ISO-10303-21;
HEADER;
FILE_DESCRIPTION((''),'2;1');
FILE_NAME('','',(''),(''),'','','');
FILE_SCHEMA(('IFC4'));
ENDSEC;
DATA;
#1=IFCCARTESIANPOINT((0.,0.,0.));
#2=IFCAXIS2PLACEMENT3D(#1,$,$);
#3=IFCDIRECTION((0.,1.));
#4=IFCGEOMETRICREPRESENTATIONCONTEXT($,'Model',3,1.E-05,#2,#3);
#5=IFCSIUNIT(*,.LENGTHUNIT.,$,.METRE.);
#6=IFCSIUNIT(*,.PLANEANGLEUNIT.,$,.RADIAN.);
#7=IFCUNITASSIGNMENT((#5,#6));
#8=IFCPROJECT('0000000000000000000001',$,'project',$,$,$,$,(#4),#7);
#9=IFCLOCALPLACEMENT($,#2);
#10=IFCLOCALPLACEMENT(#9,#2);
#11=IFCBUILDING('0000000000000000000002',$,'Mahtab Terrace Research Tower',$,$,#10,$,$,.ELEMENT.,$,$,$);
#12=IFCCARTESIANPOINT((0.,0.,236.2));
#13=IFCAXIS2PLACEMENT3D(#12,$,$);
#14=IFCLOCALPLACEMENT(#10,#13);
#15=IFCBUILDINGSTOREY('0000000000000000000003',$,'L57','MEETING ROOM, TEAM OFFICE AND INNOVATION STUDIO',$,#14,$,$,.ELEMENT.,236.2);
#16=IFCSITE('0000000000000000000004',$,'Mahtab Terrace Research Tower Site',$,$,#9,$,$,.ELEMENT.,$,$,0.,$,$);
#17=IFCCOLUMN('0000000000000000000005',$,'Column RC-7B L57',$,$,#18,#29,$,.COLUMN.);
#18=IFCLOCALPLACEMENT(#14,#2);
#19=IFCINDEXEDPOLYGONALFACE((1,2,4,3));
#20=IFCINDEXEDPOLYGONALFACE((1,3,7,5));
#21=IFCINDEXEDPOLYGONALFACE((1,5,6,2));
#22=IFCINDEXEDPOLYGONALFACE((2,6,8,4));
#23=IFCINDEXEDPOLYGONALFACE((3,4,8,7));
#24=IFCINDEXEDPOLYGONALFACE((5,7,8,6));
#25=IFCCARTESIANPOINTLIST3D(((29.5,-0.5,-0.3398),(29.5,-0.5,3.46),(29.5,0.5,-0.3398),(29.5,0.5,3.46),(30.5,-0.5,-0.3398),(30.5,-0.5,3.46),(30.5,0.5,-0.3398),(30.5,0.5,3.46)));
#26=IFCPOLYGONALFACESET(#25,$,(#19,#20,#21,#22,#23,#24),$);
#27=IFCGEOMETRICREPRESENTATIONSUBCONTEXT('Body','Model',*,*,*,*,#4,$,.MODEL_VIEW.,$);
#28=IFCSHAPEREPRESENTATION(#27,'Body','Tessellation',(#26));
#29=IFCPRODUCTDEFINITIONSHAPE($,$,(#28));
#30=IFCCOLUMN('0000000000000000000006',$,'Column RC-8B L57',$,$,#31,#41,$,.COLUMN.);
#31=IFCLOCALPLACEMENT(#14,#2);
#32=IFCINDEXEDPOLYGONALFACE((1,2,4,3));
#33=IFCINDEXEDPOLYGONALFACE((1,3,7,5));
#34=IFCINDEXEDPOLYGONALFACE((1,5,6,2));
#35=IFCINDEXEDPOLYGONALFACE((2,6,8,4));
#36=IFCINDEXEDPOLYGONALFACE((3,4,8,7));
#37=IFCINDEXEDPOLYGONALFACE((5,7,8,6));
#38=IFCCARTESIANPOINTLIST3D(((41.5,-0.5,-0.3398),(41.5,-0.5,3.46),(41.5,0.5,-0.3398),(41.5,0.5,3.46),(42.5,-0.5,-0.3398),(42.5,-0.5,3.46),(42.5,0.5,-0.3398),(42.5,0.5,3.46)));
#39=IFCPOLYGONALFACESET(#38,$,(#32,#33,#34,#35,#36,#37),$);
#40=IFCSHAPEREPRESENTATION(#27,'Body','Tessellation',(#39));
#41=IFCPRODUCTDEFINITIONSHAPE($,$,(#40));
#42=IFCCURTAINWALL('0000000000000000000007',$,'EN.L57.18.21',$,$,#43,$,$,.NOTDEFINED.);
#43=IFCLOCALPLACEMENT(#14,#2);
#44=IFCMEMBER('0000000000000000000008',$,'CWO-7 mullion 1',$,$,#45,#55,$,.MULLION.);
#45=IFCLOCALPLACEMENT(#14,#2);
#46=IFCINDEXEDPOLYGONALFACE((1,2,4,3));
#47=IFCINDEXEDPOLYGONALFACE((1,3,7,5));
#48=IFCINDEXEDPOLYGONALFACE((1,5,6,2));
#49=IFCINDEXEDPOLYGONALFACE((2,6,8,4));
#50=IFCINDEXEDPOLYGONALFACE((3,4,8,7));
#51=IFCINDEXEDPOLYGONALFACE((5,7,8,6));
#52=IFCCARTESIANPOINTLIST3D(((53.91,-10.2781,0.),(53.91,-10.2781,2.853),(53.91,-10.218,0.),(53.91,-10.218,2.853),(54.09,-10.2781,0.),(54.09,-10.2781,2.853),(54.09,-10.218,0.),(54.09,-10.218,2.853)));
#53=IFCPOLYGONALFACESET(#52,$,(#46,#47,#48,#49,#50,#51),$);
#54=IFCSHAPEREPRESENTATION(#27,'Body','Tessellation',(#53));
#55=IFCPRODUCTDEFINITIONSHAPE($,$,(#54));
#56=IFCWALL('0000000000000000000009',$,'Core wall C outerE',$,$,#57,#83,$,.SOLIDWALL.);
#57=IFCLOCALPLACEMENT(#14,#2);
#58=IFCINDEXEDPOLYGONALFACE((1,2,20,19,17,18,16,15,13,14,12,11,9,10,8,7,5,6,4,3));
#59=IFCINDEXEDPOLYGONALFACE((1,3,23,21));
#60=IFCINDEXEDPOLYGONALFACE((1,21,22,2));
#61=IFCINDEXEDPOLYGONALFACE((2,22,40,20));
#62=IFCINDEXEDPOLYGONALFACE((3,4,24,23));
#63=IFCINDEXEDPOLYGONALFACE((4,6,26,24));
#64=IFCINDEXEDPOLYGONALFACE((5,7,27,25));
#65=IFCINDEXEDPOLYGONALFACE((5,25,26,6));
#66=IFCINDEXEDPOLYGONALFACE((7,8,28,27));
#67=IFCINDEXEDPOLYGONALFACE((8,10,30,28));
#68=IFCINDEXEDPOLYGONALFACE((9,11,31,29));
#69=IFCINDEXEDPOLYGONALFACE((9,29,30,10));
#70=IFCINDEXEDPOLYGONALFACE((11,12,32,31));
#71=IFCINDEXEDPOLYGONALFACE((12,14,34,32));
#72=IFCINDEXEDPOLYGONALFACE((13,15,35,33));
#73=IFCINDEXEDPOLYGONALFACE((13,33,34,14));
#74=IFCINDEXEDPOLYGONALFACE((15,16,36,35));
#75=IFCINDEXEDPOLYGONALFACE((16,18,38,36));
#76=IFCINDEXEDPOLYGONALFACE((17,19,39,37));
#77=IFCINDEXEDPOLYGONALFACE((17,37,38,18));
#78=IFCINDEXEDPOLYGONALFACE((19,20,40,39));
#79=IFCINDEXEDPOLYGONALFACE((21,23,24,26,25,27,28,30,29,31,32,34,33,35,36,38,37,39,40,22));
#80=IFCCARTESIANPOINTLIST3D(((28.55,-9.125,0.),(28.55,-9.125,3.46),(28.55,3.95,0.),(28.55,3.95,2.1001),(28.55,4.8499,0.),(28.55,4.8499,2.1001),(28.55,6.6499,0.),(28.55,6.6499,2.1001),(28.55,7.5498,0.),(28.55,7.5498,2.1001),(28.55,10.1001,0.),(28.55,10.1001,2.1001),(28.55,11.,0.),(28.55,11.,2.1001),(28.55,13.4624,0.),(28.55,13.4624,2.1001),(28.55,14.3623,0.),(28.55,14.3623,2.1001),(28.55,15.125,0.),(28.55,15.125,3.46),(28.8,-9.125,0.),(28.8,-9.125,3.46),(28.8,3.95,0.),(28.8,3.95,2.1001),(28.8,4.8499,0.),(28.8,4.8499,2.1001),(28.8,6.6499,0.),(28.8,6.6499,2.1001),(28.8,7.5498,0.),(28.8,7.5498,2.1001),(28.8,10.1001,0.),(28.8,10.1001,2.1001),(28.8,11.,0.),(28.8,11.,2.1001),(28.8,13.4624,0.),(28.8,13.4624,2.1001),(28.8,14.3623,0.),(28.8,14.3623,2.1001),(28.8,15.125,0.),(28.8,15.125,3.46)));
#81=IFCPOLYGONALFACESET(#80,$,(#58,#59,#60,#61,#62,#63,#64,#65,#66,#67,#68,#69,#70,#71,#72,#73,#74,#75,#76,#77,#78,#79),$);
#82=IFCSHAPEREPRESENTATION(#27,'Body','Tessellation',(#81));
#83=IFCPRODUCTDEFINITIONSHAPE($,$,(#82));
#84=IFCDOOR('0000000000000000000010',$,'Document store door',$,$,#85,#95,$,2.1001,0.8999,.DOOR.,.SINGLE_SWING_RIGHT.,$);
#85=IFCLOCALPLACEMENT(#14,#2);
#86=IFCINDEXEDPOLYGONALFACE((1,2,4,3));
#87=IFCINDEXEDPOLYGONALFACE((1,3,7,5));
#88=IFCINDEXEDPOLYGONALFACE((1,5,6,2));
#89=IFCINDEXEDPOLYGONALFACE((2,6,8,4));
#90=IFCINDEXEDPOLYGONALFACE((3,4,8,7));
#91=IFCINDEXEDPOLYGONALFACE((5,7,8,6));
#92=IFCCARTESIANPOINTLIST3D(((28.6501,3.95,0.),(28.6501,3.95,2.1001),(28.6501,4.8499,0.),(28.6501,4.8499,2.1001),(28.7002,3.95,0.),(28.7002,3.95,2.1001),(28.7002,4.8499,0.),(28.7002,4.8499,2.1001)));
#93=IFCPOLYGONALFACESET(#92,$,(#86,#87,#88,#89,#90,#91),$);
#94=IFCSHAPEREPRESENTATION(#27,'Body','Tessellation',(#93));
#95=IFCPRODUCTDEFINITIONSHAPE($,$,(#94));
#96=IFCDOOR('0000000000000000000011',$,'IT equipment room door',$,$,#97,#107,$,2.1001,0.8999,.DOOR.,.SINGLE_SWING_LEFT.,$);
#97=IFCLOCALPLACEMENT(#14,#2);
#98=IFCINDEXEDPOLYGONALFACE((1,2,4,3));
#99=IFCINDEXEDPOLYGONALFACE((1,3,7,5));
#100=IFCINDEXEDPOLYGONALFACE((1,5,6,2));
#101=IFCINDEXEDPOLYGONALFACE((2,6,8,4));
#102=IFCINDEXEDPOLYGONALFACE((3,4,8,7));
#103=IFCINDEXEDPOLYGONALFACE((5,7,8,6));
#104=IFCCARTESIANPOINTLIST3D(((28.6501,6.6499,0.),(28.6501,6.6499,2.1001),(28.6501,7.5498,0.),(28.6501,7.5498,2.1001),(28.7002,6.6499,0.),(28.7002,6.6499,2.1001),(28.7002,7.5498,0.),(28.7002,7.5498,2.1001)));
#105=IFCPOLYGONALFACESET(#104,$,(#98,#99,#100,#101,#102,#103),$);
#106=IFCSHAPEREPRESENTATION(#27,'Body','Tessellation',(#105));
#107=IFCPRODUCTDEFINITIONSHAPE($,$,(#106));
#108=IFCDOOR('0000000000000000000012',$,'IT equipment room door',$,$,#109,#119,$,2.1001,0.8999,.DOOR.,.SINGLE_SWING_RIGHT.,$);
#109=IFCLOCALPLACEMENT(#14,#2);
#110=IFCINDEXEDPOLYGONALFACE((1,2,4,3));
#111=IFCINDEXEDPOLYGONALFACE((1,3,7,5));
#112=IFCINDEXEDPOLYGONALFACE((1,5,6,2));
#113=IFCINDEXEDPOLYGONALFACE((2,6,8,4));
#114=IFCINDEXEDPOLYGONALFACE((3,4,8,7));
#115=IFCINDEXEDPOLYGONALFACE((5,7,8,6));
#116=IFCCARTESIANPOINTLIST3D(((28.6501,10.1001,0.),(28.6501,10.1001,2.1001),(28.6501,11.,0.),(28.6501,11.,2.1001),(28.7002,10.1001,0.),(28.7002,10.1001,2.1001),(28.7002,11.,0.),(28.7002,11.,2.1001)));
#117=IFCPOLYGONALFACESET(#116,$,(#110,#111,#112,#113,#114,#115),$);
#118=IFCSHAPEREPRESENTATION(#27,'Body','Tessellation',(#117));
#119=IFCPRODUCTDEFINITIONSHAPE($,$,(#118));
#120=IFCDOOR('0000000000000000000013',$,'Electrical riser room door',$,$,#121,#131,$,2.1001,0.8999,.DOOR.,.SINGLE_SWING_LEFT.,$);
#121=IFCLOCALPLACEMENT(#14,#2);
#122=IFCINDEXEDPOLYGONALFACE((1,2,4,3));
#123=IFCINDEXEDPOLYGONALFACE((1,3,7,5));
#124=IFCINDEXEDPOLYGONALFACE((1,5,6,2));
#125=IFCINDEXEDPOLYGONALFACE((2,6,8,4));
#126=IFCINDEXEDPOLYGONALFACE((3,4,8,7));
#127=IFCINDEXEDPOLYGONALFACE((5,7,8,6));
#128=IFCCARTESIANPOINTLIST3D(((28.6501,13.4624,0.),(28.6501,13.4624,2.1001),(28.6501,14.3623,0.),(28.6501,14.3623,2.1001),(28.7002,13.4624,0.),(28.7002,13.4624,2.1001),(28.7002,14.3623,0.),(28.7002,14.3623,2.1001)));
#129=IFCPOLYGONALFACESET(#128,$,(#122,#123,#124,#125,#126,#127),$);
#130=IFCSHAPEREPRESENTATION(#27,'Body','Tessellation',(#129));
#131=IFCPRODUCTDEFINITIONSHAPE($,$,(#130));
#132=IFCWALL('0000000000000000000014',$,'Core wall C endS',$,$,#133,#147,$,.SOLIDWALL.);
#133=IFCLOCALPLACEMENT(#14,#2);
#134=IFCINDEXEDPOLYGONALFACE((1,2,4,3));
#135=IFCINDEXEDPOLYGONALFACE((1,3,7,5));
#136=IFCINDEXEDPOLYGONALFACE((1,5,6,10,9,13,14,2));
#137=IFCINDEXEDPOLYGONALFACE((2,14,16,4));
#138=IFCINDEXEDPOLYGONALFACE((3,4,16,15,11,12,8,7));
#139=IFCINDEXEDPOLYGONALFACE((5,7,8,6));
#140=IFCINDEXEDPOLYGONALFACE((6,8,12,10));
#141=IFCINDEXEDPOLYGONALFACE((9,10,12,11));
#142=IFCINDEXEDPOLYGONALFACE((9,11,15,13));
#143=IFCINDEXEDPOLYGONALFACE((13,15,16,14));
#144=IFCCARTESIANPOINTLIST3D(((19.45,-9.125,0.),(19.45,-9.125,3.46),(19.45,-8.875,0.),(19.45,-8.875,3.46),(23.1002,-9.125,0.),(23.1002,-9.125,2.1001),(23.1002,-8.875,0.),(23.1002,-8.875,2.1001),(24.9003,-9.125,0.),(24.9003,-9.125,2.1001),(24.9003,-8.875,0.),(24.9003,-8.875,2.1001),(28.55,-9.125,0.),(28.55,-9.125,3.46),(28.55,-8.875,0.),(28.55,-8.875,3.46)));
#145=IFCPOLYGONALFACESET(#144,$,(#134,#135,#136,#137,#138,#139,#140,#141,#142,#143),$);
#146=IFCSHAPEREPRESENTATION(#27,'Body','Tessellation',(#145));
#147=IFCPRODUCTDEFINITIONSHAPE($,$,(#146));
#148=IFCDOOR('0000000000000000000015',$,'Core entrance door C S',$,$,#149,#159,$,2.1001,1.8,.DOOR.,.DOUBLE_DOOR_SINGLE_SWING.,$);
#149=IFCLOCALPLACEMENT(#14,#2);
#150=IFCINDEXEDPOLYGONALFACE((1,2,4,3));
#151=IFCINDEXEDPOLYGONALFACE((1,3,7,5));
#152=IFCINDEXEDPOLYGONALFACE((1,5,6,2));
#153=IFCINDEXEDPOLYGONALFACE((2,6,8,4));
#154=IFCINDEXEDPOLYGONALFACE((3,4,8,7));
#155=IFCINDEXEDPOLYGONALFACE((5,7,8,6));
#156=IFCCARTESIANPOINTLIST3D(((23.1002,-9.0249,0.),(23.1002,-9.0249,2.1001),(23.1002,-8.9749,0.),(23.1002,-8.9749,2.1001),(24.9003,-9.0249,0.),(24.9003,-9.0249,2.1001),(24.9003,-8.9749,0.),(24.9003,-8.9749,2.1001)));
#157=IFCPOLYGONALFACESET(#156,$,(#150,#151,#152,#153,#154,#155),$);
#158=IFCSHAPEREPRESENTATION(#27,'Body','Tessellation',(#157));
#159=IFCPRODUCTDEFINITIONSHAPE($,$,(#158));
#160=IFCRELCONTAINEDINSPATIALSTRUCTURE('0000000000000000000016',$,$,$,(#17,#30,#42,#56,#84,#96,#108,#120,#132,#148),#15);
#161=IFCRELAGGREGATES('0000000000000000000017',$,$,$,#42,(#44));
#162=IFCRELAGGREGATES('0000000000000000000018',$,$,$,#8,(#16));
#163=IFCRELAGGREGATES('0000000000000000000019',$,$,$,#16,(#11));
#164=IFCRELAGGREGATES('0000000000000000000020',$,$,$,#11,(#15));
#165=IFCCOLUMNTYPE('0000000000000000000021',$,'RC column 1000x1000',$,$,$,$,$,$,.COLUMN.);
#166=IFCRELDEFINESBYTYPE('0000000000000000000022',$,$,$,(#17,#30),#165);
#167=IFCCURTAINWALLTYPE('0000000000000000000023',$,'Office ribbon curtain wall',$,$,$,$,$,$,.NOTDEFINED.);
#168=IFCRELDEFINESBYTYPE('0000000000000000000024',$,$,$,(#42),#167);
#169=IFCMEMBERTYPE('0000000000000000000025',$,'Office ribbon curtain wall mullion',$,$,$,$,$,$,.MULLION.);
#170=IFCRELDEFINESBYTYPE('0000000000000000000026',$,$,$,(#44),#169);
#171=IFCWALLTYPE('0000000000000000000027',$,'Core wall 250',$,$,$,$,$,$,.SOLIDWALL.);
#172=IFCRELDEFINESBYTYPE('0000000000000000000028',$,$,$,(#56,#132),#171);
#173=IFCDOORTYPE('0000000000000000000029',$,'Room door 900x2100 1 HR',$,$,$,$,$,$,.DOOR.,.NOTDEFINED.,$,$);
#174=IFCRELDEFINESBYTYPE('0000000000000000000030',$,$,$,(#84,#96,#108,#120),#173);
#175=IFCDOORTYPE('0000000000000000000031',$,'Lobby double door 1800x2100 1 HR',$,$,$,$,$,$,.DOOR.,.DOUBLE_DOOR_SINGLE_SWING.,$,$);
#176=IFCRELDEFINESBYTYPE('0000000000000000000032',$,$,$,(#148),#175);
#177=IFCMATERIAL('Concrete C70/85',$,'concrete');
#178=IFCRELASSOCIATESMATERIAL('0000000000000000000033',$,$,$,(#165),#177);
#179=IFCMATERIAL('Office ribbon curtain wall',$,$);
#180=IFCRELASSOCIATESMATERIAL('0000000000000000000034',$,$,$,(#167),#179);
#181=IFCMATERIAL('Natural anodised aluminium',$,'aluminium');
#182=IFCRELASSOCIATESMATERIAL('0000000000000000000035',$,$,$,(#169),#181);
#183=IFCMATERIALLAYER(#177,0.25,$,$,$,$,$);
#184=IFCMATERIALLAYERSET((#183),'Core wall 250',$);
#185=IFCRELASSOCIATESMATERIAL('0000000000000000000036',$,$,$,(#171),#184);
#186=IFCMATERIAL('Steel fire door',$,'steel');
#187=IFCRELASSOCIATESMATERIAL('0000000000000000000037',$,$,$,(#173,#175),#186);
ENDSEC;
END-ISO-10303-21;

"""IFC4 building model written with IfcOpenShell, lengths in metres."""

from ifc_helpers import new_model, si_unit, direction, frame, frame_2d, origin, origin_2d, place, context, subcontext, project, spatial, rectangle, extrude, material, layer, layer_set, material_profile, profile_set, type_object, element, fill, aggregate, save


model = new_model("IFC4")

# Units and contexts
model_context = context("Model", 3, precision=1e-05, world=origin(), true_north=direction((0.0, 1.0)))
body_context = subcontext(model_context, "Body", "Model", "MODEL_VIEW")
ifc_project = project(units=[si_unit("LENGTHUNIT", "METRE"), si_unit("PLANEANGLEUNIT", "RADIAN")], contexts=[model_context])

# Site, building, storey
site_placement = place(None, origin())
site = spatial("IfcSite", under=ifc_project, at=site_placement, Name="Mahtab Terrace Research Tower Site", CompositionType="ELEMENT", RefElevation=0.0)
building_placement = place(site_placement, origin())
building = spatial("IfcBuilding", under=site, at=building_placement, Name="Mahtab Terrace Research Tower", CompositionType="ELEMENT")
storey_placement = place(building_placement, frame((0.0, 0.0, 236.2)))
storey = spatial("IfcBuildingStorey", under=building, at=storey_placement, Name="L57", Description="MEETING ROOM, TEAM OFFICE AND INNOVATION STUDIO", CompositionType="ELEMENT", Elevation=236.2)

# Columns
ifc_material_1 = material(Name="Concrete C70/85", Category="concrete")
ifc_material_profile_1 = material_profile(ifc_material_1, rectangle(XDim=1.0, YDim=1.0, at=origin_2d()), Name="RC column 1000x1000")
ifc_profile_set_1 = profile_set([ifc_material_profile_1], Name="Concrete C70/85")
column_type = type_object("IfcColumnType", Name="RC column 1000x1000", PredefinedType="COLUMN", material=ifc_profile_set_1)
for number, where, z_axis, x_axis, name in (
    (1, (30.0, 0.0, -0.3398), (0.0, 0.0, 1.0), (1.0, 0.0, 0.0), "Column RC-7B L57"),
    (2, (42.0, 0.0, -0.3398), (0.0, 0.0, 1.0), (1.0, 0.0, 0.0), "Column RC-8B L57"),
):
    element("IfcColumn", number, at=place(storey_placement, frame(where, z_axis=z_axis, x_axis=x_axis)), inside=storey, type_object=column_type, Name=name, PredefinedType="COLUMN", context=body_context, shape_type="SweptSolid", body=[
        extrude(rectangle(XDim=1.0, YDim=1.0, at=origin_2d()), origin(), (0.0, 0.0, 1.0), 3.7998),
    ])

# Curtain wall, member
ifc_material_2 = material(Name="Office ribbon curtain wall")
curtain_wall_type = type_object("IfcCurtainWallType", Name="Office ribbon curtain wall", PredefinedType="NOTDEFINED", material=ifc_material_2)
curtain_wall_placement = place(storey_placement, origin())
curtain_wall = element("IfcCurtainWall", 3, at=curtain_wall_placement, inside=storey, type_object=curtain_wall_type, Name="EN.L57.18.21", PredefinedType="NOTDEFINED")
ifc_material_3 = material(Name="Natural anodised aluminium", Category="aluminium")
ifc_material_profile_2 = material_profile(ifc_material_3, rectangle(XDim=0.1799, YDim=0.0601, at=origin_2d()), Name="MULLION 60x180")
ifc_profile_set_2 = profile_set([ifc_material_profile_2], Name="Natural anodised aluminium")
member_type = type_object("IfcMemberType", Name="Office ribbon curtain wall mullion", PredefinedType="MULLION", material=ifc_profile_set_2)
member_placement = place(storey_placement, frame((54.0, -10.248, 0.0), z_axis=(0.0, 0.0, 1.0), x_axis=(-1.0, 0.0, 0.0)))
member = element("IfcMember", 4, at=member_placement, type_object=member_type, Name="CWO-7 mullion 1", PredefinedType="MULLION", context=body_context, shape_type="SweptSolid", body=[
    extrude(rectangle(XDim=0.1799, YDim=0.0601, at=origin_2d()), origin(), (0.0, 0.0, 1.0), 2.853),
])
aggregate(curtain_wall, [member])

# Wall, openings, doors
ifc_layer_1 = layer(ifc_material_1, 0.25)
ifc_layer_set_1 = layer_set([ifc_layer_1], Name="Core wall 250")
wall_type_1 = type_object("IfcWallType", Name="Core wall 250", PredefinedType="SOLIDWALL", material=ifc_layer_set_1)
wall_1_placement = place(storey_placement, frame((28.675, -9.125, 0.0), z_axis=(0.0, 0.0, 1.0), x_axis=(0.0, 1.0, 0.0)))
wall_1 = element("IfcWall", 5, at=wall_1_placement, inside=storey, type_object=wall_type_1, Name="Core wall C outerE", PredefinedType="SOLIDWALL", context=body_context, shape_type="SweptSolid", body=[
    extrude(rectangle(XDim=24.25, YDim=0.25, at=frame_2d((12.125, 0.0))), origin(), (0.0, 0.0, 1.0), 3.46),
])
opening_1_placement = place(wall_1_placement, frame((13.075, 0.0, 0.0)))
opening_1 = element("IfcOpeningElement", 6, at=opening_1_placement, cuts=wall_1, PredefinedType="OPENING", context=body_context, shape_type="SweptSolid", body=[
    extrude(rectangle(XDim=0.8999, YDim=2.1001, at=frame_2d((0.45, 1.05))), frame((0.0, 0.135, 0.0), z_axis=(0.0, -1.0, 0.0), x_axis=(1.0, 0.0, 0.0)), (0.0, 0.0, 1.0), 0.27),
])
opening_2_placement = place(wall_1_placement, frame((15.7749, 0.0, 0.0)))
opening_2 = element("IfcOpeningElement", 7, at=opening_2_placement, cuts=wall_1, PredefinedType="OPENING", context=body_context, shape_type="SweptSolid", body=[
    extrude(rectangle(XDim=0.8999, YDim=2.1001, at=frame_2d((0.45, 1.05))), frame((0.0, 0.135, 0.0), z_axis=(0.0, -1.0, 0.0), x_axis=(1.0, 0.0, 0.0)), (0.0, 0.0, 1.0), 0.27),
])
opening_3_placement = place(wall_1_placement, frame((19.2251, 0.0, 0.0)))
opening_3 = element("IfcOpeningElement", 8, at=opening_3_placement, cuts=wall_1, PredefinedType="OPENING", context=body_context, shape_type="SweptSolid", body=[
    extrude(rectangle(XDim=0.8999, YDim=2.1001, at=frame_2d((0.45, 1.05))), frame((0.0, 0.135, 0.0), z_axis=(0.0, -1.0, 0.0), x_axis=(1.0, 0.0, 0.0)), (0.0, 0.0, 1.0), 0.27),
])
opening_4_placement = place(wall_1_placement, frame((22.5874, 0.0, 0.0)))
opening_4 = element("IfcOpeningElement", 9, at=opening_4_placement, cuts=wall_1, PredefinedType="OPENING", context=body_context, shape_type="SweptSolid", body=[
    extrude(rectangle(XDim=0.8999, YDim=2.1001, at=frame_2d((0.45, 1.05))), frame((0.0, 0.135, 0.0), z_axis=(0.0, -1.0, 0.0), x_axis=(1.0, 0.0, 0.0)), (0.0, 0.0, 1.0), 0.27),
])
ifc_material_4 = material(Name="Steel fire door", Category="steel")
door_type_1 = type_object("IfcDoorType", Name="Room door 900x2100 1 HR", OperationType="NOTDEFINED", PredefinedType="DOOR", material=ifc_material_4)
door_1_placement = place(opening_1_placement, origin())
door_1 = element("IfcDoor", 10, at=door_1_placement, inside=storey, type_object=door_type_1, Name="Document store door", OperationType="SINGLE_SWING_RIGHT", OverallHeight=2.1001, OverallWidth=0.8999, PredefinedType="DOOR", context=body_context, shape_type="SweptSolid", body=[
    extrude(rectangle(XDim=0.8999, YDim=2.1001, at=frame_2d((0.45, 1.05))), frame((0.0, 0.0249, 0.0), z_axis=(0.0, -1.0, 0.0), x_axis=(1.0, 0.0, 0.0)), (0.0, 0.0, 1.0), 0.05),
])
fill(opening_1, door_1)
door_2_placement = place(opening_2_placement, origin())
door_2 = element("IfcDoor", 11, at=door_2_placement, inside=storey, type_object=door_type_1, Name="IT equipment room door", OperationType="SINGLE_SWING_LEFT", OverallHeight=2.1001, OverallWidth=0.8999, PredefinedType="DOOR", context=body_context, shape_type="SweptSolid", body=[
    extrude(rectangle(XDim=0.8999, YDim=2.1001, at=frame_2d((0.45, 1.05))), frame((0.0, 0.0249, 0.0), z_axis=(0.0, -1.0, 0.0), x_axis=(1.0, 0.0, 0.0)), (0.0, 0.0, 1.0), 0.05),
])
fill(opening_2, door_2)
door_3_placement = place(opening_3_placement, origin())
door_3 = element("IfcDoor", 12, at=door_3_placement, inside=storey, type_object=door_type_1, Name="IT equipment room door", OperationType="SINGLE_SWING_RIGHT", OverallHeight=2.1001, OverallWidth=0.8999, PredefinedType="DOOR", context=body_context, shape_type="SweptSolid", body=[
    extrude(rectangle(XDim=0.8999, YDim=2.1001, at=frame_2d((0.45, 1.05))), frame((0.0, 0.0249, 0.0), z_axis=(0.0, -1.0, 0.0), x_axis=(1.0, 0.0, 0.0)), (0.0, 0.0, 1.0), 0.05),
])
fill(opening_3, door_3)
door_4_placement = place(opening_4_placement, origin())
door_4 = element("IfcDoor", 13, at=door_4_placement, inside=storey, type_object=door_type_1, Name="Electrical riser room door", OperationType="SINGLE_SWING_LEFT", OverallHeight=2.1001, OverallWidth=0.8999, PredefinedType="DOOR", context=body_context, shape_type="SweptSolid", body=[
    extrude(rectangle(XDim=0.8999, YDim=2.1001, at=frame_2d((0.45, 1.05))), frame((0.0, 0.0249, 0.0), z_axis=(0.0, -1.0, 0.0), x_axis=(1.0, 0.0, 0.0)), (0.0, 0.0, 1.0), 0.05),
])
fill(opening_4, door_4)

# Wall, opening, door
wall_2_placement = place(storey_placement, frame((28.55, -9.0, 0.0), z_axis=(0.0, 0.0, 1.0), x_axis=(-1.0, 0.0, 0.0)))
wall_2 = element("IfcWall", 14, at=wall_2_placement, inside=storey, type_object=wall_type_1, Name="Core wall C endS", PredefinedType="SOLIDWALL", context=body_context, shape_type="SweptSolid", body=[
    extrude(rectangle(XDim=9.1001, YDim=0.25, at=frame_2d((4.55, 0.0))), origin(), (0.0, 0.0, 1.0), 3.46),
])
opening_5_placement = place(wall_2_placement, frame((3.6499, 0.0, 0.0)))
opening_5 = element("IfcOpeningElement", 15, at=opening_5_placement, cuts=wall_2, PredefinedType="OPENING", context=body_context, shape_type="SweptSolid", body=[
    extrude(rectangle(XDim=1.8, YDim=2.1001, at=frame_2d((0.8999, 1.05))), frame((0.0, 0.135, 0.0), z_axis=(0.0, -1.0, 0.0), x_axis=(1.0, 0.0, 0.0)), (0.0, 0.0, 1.0), 0.27),
])
door_type_2 = type_object("IfcDoorType", Name="Lobby double door 1800x2100 1 HR", OperationType="DOUBLE_DOOR_SINGLE_SWING", PredefinedType="DOOR", material=ifc_material_4)
door_5_placement = place(opening_5_placement, origin())
door_5 = element("IfcDoor", 16, at=door_5_placement, inside=storey, type_object=door_type_2, Name="Core entrance door C S", OperationType="DOUBLE_DOOR_SINGLE_SWING", OverallHeight=2.1001, OverallWidth=1.8, PredefinedType="DOOR", context=body_context, shape_type="SweptSolid", body=[
    extrude(rectangle(XDim=1.8, YDim=2.1001, at=frame_2d((0.8999, 1.05))), frame((0.0, 0.0249, 0.0), z_axis=(0.0, -1.0, 0.0), x_axis=(1.0, 0.0, 0.0)), (0.0, 0.0, 1.0), 0.05),
])
fill(opening_5, door_5)

save(model, "model.ifc")
